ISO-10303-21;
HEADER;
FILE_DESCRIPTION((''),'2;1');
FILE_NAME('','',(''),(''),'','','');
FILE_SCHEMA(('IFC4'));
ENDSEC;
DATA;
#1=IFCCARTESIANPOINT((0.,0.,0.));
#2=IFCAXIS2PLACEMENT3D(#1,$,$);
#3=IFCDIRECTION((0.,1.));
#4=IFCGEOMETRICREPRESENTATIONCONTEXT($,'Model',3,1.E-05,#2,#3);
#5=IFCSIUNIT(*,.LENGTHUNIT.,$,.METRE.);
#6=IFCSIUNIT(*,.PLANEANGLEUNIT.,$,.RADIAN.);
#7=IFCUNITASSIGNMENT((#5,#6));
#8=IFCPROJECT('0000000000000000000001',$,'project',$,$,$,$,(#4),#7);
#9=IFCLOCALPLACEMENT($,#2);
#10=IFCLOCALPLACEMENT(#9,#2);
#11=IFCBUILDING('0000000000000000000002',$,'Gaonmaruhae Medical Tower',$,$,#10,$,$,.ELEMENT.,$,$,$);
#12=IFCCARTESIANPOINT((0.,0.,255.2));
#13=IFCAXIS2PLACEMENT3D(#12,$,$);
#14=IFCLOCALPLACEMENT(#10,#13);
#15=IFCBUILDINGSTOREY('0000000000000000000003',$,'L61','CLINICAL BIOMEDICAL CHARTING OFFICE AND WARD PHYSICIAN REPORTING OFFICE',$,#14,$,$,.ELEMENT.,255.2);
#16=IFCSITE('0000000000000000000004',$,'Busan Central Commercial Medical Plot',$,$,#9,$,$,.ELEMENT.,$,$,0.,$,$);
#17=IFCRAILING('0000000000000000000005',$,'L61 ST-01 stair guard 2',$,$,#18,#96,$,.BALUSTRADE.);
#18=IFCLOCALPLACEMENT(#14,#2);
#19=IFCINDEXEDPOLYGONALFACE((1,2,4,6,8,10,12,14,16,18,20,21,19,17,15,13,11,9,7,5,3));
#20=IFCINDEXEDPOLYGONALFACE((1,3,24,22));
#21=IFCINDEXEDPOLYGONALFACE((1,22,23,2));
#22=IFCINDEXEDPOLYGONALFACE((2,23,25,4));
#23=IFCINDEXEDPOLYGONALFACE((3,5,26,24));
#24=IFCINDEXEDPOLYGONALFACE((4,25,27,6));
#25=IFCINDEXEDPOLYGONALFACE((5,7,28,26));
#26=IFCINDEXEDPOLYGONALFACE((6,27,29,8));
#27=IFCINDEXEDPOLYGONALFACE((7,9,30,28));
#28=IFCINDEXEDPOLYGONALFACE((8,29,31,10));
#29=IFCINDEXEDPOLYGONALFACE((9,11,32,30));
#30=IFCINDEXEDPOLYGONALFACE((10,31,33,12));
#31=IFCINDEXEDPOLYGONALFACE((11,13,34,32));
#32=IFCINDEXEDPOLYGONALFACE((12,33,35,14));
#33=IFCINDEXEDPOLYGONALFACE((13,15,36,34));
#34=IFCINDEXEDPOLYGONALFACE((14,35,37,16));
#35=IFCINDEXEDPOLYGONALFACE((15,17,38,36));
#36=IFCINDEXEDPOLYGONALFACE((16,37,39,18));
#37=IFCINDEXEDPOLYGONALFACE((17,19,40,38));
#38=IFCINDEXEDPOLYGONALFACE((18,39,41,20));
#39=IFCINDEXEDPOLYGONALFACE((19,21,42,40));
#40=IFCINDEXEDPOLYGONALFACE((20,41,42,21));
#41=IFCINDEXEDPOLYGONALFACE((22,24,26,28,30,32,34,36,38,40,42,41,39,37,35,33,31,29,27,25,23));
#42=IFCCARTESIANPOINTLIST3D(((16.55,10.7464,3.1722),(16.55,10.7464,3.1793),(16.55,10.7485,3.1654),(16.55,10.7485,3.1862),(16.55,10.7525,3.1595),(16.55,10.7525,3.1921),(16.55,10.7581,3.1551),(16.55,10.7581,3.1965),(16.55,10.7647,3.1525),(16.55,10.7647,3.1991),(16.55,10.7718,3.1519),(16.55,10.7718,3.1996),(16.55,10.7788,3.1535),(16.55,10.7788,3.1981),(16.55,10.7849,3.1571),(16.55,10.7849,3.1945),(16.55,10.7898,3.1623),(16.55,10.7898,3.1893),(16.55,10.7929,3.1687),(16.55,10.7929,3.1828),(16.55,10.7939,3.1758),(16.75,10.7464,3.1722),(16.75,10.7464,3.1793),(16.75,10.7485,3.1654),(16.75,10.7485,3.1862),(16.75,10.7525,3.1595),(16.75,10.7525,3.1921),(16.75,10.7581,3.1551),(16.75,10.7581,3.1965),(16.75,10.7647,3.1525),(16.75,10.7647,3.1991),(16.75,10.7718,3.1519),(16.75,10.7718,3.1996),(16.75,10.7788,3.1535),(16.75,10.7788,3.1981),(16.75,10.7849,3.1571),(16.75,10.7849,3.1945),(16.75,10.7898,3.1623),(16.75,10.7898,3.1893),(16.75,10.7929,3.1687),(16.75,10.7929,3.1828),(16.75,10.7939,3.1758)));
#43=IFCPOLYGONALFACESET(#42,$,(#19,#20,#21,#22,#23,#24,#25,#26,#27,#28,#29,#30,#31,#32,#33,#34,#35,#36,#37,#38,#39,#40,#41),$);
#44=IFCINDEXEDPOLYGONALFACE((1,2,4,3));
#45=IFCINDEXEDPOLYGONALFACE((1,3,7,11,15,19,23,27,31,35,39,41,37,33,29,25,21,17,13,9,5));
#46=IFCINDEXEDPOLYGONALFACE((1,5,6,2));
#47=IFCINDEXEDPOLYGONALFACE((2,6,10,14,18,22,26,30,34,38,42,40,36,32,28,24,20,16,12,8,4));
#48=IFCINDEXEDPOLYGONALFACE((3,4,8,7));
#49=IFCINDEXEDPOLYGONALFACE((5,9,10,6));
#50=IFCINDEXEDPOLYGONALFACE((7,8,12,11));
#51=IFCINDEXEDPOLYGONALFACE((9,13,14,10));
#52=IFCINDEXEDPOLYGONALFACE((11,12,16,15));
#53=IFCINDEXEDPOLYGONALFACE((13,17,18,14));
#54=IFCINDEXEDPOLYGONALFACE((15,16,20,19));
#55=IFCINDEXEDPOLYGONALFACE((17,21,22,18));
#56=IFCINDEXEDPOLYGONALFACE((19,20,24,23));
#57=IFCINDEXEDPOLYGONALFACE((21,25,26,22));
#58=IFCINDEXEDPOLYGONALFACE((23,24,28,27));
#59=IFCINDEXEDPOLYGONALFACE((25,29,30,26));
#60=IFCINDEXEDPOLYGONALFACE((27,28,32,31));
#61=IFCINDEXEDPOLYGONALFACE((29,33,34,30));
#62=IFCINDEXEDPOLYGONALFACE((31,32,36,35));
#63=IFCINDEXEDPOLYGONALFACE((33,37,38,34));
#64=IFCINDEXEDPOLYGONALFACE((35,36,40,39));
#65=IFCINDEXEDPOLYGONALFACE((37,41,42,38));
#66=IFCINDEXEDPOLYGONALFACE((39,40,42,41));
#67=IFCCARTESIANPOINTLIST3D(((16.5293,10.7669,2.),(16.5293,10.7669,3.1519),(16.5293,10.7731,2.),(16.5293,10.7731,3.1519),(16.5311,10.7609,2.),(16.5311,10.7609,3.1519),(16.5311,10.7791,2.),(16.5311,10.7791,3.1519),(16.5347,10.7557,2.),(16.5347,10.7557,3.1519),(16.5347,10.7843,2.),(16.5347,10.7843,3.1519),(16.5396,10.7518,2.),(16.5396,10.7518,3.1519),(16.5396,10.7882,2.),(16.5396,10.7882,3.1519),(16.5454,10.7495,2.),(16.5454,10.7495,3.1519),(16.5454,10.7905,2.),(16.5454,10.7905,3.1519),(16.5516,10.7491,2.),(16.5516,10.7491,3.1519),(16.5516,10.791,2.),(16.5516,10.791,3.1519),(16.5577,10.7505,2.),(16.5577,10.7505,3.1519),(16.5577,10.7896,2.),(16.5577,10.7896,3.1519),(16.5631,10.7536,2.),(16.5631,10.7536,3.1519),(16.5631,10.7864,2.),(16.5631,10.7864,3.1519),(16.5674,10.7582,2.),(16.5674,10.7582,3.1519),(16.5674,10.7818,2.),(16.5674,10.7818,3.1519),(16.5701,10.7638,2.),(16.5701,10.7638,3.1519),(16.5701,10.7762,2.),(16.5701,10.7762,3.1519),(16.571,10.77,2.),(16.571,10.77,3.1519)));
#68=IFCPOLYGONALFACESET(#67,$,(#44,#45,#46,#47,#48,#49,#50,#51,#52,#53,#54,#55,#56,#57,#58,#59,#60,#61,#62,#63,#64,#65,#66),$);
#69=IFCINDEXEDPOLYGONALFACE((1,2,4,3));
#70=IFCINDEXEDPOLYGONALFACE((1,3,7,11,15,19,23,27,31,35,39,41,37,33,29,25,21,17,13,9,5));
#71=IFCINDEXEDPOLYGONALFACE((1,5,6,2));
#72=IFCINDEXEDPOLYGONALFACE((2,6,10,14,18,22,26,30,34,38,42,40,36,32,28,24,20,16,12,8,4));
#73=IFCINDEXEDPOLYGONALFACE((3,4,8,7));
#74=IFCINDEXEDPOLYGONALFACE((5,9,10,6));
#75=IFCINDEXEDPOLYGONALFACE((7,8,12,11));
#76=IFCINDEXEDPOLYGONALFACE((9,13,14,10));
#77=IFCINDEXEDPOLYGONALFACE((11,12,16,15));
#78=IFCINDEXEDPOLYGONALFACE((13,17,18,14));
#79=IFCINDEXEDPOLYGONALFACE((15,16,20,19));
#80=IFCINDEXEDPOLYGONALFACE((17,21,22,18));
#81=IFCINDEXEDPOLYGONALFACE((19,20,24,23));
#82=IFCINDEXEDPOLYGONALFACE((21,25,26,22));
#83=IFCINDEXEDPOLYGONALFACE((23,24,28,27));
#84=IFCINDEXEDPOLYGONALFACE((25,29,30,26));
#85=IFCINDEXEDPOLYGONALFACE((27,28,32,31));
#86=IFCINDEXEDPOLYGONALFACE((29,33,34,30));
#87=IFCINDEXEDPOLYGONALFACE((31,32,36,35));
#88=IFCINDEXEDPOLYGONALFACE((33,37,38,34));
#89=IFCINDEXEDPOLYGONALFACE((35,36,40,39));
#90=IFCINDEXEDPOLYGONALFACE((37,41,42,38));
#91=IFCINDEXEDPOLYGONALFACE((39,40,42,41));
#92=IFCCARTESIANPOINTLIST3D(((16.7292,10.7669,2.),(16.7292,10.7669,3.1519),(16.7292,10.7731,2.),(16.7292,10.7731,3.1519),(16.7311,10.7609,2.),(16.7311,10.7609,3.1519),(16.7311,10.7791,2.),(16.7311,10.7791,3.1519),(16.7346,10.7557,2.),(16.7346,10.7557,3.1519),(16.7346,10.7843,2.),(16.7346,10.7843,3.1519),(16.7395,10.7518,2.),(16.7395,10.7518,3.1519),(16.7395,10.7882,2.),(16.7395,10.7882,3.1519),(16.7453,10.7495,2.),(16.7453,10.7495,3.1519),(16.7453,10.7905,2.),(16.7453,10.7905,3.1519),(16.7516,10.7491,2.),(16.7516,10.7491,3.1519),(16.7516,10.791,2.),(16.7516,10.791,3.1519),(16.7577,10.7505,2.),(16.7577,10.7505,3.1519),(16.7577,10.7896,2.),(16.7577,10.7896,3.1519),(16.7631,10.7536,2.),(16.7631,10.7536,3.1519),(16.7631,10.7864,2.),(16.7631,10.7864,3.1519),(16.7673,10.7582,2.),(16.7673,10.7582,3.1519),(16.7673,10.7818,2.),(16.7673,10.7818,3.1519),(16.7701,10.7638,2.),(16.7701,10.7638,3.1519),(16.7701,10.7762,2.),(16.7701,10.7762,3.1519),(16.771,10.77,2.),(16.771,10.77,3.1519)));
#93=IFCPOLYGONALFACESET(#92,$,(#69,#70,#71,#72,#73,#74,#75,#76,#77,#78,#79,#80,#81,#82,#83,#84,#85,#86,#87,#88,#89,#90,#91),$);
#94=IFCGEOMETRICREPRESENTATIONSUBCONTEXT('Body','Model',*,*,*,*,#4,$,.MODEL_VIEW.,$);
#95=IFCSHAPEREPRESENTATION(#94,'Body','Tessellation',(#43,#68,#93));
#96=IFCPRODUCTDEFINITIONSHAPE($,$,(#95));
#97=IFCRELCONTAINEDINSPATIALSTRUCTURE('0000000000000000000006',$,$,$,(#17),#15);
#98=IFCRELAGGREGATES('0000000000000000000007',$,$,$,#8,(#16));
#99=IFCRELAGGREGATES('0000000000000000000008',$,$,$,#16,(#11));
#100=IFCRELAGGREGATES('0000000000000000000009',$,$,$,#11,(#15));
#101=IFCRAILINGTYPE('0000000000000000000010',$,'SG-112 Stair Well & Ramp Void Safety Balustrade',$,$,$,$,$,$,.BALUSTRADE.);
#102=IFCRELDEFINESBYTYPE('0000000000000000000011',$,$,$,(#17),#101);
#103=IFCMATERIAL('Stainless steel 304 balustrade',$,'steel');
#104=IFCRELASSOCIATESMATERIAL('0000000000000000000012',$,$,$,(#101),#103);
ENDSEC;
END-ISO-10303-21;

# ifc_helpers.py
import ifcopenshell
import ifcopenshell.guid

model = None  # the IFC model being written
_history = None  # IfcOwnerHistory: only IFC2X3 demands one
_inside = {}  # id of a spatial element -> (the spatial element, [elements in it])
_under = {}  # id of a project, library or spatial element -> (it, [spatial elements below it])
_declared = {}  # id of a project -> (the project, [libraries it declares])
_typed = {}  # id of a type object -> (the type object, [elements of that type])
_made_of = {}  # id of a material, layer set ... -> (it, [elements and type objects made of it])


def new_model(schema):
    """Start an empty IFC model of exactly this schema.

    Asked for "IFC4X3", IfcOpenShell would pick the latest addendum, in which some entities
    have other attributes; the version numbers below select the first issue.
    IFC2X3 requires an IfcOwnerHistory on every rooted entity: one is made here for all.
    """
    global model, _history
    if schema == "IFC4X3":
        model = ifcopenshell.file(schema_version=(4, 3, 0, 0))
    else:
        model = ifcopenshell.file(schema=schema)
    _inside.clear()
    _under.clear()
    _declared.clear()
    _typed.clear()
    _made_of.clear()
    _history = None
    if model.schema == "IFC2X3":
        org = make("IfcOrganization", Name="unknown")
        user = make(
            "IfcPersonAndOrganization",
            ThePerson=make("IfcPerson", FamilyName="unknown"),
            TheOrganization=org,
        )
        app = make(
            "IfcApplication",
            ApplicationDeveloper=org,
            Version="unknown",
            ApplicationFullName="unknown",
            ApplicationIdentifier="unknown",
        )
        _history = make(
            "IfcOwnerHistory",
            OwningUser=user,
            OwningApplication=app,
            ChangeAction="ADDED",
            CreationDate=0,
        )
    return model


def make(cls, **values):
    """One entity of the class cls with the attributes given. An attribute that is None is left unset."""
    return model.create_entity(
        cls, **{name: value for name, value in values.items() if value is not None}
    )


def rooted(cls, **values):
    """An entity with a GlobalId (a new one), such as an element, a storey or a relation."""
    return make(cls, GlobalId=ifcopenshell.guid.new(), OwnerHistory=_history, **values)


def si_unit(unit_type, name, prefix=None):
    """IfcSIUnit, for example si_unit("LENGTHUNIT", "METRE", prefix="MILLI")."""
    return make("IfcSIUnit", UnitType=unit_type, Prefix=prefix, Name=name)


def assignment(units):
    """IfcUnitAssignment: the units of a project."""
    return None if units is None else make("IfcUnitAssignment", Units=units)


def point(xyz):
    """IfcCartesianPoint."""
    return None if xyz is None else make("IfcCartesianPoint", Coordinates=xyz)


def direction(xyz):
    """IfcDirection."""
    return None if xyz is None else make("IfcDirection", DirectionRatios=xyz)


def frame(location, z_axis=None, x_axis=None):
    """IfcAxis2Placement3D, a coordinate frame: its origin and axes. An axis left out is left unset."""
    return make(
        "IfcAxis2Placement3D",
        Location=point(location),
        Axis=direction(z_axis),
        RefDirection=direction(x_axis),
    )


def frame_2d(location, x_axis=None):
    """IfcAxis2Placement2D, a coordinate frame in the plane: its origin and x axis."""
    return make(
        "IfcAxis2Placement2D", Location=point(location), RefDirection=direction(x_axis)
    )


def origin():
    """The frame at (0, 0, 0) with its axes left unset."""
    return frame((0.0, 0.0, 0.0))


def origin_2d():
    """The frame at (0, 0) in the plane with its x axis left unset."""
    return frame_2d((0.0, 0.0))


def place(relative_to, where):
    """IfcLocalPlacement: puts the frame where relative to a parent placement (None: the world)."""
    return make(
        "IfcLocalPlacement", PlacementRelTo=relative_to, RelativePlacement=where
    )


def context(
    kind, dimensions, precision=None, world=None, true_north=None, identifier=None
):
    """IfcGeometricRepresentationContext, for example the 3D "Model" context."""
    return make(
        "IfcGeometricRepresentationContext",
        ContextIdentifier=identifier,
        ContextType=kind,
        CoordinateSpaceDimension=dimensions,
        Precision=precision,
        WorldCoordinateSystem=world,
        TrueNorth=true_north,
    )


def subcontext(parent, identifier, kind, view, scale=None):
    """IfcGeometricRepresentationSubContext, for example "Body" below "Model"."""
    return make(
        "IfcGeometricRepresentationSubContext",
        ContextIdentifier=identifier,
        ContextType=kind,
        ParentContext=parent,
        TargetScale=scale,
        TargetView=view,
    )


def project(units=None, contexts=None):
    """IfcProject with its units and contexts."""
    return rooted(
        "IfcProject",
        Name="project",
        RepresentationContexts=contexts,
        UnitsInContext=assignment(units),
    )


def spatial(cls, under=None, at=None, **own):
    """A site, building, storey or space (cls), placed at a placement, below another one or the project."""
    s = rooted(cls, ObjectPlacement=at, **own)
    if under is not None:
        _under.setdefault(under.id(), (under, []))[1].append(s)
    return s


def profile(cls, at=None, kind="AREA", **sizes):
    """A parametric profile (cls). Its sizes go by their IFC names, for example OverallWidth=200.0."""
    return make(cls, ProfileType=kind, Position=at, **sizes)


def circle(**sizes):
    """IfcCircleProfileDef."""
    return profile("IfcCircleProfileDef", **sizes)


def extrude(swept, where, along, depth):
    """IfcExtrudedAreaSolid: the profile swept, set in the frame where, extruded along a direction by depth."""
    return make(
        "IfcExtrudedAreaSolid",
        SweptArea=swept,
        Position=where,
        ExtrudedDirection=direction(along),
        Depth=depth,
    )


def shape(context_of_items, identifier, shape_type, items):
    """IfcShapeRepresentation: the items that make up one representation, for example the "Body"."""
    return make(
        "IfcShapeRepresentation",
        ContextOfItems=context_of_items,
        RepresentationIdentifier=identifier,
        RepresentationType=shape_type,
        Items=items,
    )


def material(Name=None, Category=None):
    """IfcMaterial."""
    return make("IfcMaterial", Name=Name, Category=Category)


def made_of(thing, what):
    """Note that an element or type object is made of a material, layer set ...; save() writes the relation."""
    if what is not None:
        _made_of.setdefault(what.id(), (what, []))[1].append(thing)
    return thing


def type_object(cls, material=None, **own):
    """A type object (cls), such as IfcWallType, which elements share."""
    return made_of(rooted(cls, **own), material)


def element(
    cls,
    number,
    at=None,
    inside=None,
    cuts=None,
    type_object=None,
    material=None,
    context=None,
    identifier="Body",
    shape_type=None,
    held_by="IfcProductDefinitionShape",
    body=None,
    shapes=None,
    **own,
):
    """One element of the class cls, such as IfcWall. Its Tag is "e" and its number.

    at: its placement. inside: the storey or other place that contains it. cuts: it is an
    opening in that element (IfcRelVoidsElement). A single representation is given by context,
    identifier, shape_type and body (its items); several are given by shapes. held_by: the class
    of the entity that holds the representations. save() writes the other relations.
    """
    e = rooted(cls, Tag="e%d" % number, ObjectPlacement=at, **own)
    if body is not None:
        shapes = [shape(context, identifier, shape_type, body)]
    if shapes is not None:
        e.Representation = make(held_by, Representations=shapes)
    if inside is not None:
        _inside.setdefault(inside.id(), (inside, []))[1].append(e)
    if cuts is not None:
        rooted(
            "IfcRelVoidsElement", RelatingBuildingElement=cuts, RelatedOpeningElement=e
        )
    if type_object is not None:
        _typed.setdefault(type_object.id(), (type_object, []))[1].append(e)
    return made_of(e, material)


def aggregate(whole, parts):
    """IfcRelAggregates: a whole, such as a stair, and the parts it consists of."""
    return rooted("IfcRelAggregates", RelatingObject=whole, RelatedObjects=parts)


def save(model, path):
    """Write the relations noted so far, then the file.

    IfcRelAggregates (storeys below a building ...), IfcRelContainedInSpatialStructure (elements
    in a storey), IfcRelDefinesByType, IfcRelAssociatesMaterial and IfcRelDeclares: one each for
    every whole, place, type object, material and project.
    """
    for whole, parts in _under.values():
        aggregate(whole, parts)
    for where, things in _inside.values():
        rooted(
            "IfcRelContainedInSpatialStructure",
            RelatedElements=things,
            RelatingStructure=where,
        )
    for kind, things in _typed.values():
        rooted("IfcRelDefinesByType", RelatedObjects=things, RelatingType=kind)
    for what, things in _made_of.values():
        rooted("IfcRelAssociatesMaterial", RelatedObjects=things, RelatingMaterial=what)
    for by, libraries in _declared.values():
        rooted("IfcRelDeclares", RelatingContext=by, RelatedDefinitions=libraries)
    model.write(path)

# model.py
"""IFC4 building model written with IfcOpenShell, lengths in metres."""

from ifc_helpers import new_model, si_unit, direction, frame, origin, origin_2d, place, context, subcontext, project, spatial, circle, extrude, material, type_object, element, save


model = new_model("IFC4")

# Units and contexts
model_context = context("Model", 3, precision=1e-05, world=origin(), true_north=direction((0.0, 1.0)))
body_context = subcontext(model_context, "Body", "Model", "MODEL_VIEW")
ifc_project = project(units=[si_unit("LENGTHUNIT", "METRE"), si_unit("PLANEANGLEUNIT", "RADIAN")], contexts=[model_context])

# Site, building, storey
site_placement = place(None, origin())
site = spatial("IfcSite", under=ifc_project, at=site_placement, Name="Busan Central Commercial Medical Plot", CompositionType="ELEMENT", RefElevation=0.0)
building_placement = place(site_placement, origin())
building = spatial("IfcBuilding", under=site, at=building_placement, Name="Gaonmaruhae Medical Tower", CompositionType="ELEMENT")
storey_placement = place(building_placement, frame((0.0, 0.0, 255.2)))
storey = spatial("IfcBuildingStorey", under=building, at=storey_placement, Name="L61", Description="CLINICAL BIOMEDICAL CHARTING OFFICE AND WARD PHYSICIAN REPORTING OFFICE", CompositionType="ELEMENT", Elevation=255.2)

# Railing
ifc_material_1 = material(Name="Stainless steel 304 balustrade", Category="steel")
railing_type_1 = type_object("IfcRailingType", Name="SG-112 Stair Well & Ramp Void Safety Balustrade", PredefinedType="BALUSTRADE", material=ifc_material_1)
railing_1_placement = place(storey_placement, frame((16.55, 10.77, 2.0)))
element("IfcRailing", 1, at=railing_1_placement, inside=storey, type_object=railing_type_1, Name="L61 ST-01 stair guard 2", PredefinedType="BALUSTRADE", context=body_context, shape_type="SweptSolid", body=[
    extrude(circle(Radius=0.0239, at=origin_2d()), frame((0.0, 0.0, 1.1758), z_axis=(1.0, 0.0, 0.0), x_axis=(0.0, 1.0, 0.0)), (0.0, 0.0, 1.0), 0.2),
    extrude(circle(Radius=0.021, at=origin_2d()), origin(), (0.0, 0.0, 1.0), 1.1519),
    extrude(circle(Radius=0.021, at=origin_2d()), frame((0.2, 0.0, 0.0)), (0.0, 0.0, 1.0), 1.1519),
])

save(model, "model.ifc")
